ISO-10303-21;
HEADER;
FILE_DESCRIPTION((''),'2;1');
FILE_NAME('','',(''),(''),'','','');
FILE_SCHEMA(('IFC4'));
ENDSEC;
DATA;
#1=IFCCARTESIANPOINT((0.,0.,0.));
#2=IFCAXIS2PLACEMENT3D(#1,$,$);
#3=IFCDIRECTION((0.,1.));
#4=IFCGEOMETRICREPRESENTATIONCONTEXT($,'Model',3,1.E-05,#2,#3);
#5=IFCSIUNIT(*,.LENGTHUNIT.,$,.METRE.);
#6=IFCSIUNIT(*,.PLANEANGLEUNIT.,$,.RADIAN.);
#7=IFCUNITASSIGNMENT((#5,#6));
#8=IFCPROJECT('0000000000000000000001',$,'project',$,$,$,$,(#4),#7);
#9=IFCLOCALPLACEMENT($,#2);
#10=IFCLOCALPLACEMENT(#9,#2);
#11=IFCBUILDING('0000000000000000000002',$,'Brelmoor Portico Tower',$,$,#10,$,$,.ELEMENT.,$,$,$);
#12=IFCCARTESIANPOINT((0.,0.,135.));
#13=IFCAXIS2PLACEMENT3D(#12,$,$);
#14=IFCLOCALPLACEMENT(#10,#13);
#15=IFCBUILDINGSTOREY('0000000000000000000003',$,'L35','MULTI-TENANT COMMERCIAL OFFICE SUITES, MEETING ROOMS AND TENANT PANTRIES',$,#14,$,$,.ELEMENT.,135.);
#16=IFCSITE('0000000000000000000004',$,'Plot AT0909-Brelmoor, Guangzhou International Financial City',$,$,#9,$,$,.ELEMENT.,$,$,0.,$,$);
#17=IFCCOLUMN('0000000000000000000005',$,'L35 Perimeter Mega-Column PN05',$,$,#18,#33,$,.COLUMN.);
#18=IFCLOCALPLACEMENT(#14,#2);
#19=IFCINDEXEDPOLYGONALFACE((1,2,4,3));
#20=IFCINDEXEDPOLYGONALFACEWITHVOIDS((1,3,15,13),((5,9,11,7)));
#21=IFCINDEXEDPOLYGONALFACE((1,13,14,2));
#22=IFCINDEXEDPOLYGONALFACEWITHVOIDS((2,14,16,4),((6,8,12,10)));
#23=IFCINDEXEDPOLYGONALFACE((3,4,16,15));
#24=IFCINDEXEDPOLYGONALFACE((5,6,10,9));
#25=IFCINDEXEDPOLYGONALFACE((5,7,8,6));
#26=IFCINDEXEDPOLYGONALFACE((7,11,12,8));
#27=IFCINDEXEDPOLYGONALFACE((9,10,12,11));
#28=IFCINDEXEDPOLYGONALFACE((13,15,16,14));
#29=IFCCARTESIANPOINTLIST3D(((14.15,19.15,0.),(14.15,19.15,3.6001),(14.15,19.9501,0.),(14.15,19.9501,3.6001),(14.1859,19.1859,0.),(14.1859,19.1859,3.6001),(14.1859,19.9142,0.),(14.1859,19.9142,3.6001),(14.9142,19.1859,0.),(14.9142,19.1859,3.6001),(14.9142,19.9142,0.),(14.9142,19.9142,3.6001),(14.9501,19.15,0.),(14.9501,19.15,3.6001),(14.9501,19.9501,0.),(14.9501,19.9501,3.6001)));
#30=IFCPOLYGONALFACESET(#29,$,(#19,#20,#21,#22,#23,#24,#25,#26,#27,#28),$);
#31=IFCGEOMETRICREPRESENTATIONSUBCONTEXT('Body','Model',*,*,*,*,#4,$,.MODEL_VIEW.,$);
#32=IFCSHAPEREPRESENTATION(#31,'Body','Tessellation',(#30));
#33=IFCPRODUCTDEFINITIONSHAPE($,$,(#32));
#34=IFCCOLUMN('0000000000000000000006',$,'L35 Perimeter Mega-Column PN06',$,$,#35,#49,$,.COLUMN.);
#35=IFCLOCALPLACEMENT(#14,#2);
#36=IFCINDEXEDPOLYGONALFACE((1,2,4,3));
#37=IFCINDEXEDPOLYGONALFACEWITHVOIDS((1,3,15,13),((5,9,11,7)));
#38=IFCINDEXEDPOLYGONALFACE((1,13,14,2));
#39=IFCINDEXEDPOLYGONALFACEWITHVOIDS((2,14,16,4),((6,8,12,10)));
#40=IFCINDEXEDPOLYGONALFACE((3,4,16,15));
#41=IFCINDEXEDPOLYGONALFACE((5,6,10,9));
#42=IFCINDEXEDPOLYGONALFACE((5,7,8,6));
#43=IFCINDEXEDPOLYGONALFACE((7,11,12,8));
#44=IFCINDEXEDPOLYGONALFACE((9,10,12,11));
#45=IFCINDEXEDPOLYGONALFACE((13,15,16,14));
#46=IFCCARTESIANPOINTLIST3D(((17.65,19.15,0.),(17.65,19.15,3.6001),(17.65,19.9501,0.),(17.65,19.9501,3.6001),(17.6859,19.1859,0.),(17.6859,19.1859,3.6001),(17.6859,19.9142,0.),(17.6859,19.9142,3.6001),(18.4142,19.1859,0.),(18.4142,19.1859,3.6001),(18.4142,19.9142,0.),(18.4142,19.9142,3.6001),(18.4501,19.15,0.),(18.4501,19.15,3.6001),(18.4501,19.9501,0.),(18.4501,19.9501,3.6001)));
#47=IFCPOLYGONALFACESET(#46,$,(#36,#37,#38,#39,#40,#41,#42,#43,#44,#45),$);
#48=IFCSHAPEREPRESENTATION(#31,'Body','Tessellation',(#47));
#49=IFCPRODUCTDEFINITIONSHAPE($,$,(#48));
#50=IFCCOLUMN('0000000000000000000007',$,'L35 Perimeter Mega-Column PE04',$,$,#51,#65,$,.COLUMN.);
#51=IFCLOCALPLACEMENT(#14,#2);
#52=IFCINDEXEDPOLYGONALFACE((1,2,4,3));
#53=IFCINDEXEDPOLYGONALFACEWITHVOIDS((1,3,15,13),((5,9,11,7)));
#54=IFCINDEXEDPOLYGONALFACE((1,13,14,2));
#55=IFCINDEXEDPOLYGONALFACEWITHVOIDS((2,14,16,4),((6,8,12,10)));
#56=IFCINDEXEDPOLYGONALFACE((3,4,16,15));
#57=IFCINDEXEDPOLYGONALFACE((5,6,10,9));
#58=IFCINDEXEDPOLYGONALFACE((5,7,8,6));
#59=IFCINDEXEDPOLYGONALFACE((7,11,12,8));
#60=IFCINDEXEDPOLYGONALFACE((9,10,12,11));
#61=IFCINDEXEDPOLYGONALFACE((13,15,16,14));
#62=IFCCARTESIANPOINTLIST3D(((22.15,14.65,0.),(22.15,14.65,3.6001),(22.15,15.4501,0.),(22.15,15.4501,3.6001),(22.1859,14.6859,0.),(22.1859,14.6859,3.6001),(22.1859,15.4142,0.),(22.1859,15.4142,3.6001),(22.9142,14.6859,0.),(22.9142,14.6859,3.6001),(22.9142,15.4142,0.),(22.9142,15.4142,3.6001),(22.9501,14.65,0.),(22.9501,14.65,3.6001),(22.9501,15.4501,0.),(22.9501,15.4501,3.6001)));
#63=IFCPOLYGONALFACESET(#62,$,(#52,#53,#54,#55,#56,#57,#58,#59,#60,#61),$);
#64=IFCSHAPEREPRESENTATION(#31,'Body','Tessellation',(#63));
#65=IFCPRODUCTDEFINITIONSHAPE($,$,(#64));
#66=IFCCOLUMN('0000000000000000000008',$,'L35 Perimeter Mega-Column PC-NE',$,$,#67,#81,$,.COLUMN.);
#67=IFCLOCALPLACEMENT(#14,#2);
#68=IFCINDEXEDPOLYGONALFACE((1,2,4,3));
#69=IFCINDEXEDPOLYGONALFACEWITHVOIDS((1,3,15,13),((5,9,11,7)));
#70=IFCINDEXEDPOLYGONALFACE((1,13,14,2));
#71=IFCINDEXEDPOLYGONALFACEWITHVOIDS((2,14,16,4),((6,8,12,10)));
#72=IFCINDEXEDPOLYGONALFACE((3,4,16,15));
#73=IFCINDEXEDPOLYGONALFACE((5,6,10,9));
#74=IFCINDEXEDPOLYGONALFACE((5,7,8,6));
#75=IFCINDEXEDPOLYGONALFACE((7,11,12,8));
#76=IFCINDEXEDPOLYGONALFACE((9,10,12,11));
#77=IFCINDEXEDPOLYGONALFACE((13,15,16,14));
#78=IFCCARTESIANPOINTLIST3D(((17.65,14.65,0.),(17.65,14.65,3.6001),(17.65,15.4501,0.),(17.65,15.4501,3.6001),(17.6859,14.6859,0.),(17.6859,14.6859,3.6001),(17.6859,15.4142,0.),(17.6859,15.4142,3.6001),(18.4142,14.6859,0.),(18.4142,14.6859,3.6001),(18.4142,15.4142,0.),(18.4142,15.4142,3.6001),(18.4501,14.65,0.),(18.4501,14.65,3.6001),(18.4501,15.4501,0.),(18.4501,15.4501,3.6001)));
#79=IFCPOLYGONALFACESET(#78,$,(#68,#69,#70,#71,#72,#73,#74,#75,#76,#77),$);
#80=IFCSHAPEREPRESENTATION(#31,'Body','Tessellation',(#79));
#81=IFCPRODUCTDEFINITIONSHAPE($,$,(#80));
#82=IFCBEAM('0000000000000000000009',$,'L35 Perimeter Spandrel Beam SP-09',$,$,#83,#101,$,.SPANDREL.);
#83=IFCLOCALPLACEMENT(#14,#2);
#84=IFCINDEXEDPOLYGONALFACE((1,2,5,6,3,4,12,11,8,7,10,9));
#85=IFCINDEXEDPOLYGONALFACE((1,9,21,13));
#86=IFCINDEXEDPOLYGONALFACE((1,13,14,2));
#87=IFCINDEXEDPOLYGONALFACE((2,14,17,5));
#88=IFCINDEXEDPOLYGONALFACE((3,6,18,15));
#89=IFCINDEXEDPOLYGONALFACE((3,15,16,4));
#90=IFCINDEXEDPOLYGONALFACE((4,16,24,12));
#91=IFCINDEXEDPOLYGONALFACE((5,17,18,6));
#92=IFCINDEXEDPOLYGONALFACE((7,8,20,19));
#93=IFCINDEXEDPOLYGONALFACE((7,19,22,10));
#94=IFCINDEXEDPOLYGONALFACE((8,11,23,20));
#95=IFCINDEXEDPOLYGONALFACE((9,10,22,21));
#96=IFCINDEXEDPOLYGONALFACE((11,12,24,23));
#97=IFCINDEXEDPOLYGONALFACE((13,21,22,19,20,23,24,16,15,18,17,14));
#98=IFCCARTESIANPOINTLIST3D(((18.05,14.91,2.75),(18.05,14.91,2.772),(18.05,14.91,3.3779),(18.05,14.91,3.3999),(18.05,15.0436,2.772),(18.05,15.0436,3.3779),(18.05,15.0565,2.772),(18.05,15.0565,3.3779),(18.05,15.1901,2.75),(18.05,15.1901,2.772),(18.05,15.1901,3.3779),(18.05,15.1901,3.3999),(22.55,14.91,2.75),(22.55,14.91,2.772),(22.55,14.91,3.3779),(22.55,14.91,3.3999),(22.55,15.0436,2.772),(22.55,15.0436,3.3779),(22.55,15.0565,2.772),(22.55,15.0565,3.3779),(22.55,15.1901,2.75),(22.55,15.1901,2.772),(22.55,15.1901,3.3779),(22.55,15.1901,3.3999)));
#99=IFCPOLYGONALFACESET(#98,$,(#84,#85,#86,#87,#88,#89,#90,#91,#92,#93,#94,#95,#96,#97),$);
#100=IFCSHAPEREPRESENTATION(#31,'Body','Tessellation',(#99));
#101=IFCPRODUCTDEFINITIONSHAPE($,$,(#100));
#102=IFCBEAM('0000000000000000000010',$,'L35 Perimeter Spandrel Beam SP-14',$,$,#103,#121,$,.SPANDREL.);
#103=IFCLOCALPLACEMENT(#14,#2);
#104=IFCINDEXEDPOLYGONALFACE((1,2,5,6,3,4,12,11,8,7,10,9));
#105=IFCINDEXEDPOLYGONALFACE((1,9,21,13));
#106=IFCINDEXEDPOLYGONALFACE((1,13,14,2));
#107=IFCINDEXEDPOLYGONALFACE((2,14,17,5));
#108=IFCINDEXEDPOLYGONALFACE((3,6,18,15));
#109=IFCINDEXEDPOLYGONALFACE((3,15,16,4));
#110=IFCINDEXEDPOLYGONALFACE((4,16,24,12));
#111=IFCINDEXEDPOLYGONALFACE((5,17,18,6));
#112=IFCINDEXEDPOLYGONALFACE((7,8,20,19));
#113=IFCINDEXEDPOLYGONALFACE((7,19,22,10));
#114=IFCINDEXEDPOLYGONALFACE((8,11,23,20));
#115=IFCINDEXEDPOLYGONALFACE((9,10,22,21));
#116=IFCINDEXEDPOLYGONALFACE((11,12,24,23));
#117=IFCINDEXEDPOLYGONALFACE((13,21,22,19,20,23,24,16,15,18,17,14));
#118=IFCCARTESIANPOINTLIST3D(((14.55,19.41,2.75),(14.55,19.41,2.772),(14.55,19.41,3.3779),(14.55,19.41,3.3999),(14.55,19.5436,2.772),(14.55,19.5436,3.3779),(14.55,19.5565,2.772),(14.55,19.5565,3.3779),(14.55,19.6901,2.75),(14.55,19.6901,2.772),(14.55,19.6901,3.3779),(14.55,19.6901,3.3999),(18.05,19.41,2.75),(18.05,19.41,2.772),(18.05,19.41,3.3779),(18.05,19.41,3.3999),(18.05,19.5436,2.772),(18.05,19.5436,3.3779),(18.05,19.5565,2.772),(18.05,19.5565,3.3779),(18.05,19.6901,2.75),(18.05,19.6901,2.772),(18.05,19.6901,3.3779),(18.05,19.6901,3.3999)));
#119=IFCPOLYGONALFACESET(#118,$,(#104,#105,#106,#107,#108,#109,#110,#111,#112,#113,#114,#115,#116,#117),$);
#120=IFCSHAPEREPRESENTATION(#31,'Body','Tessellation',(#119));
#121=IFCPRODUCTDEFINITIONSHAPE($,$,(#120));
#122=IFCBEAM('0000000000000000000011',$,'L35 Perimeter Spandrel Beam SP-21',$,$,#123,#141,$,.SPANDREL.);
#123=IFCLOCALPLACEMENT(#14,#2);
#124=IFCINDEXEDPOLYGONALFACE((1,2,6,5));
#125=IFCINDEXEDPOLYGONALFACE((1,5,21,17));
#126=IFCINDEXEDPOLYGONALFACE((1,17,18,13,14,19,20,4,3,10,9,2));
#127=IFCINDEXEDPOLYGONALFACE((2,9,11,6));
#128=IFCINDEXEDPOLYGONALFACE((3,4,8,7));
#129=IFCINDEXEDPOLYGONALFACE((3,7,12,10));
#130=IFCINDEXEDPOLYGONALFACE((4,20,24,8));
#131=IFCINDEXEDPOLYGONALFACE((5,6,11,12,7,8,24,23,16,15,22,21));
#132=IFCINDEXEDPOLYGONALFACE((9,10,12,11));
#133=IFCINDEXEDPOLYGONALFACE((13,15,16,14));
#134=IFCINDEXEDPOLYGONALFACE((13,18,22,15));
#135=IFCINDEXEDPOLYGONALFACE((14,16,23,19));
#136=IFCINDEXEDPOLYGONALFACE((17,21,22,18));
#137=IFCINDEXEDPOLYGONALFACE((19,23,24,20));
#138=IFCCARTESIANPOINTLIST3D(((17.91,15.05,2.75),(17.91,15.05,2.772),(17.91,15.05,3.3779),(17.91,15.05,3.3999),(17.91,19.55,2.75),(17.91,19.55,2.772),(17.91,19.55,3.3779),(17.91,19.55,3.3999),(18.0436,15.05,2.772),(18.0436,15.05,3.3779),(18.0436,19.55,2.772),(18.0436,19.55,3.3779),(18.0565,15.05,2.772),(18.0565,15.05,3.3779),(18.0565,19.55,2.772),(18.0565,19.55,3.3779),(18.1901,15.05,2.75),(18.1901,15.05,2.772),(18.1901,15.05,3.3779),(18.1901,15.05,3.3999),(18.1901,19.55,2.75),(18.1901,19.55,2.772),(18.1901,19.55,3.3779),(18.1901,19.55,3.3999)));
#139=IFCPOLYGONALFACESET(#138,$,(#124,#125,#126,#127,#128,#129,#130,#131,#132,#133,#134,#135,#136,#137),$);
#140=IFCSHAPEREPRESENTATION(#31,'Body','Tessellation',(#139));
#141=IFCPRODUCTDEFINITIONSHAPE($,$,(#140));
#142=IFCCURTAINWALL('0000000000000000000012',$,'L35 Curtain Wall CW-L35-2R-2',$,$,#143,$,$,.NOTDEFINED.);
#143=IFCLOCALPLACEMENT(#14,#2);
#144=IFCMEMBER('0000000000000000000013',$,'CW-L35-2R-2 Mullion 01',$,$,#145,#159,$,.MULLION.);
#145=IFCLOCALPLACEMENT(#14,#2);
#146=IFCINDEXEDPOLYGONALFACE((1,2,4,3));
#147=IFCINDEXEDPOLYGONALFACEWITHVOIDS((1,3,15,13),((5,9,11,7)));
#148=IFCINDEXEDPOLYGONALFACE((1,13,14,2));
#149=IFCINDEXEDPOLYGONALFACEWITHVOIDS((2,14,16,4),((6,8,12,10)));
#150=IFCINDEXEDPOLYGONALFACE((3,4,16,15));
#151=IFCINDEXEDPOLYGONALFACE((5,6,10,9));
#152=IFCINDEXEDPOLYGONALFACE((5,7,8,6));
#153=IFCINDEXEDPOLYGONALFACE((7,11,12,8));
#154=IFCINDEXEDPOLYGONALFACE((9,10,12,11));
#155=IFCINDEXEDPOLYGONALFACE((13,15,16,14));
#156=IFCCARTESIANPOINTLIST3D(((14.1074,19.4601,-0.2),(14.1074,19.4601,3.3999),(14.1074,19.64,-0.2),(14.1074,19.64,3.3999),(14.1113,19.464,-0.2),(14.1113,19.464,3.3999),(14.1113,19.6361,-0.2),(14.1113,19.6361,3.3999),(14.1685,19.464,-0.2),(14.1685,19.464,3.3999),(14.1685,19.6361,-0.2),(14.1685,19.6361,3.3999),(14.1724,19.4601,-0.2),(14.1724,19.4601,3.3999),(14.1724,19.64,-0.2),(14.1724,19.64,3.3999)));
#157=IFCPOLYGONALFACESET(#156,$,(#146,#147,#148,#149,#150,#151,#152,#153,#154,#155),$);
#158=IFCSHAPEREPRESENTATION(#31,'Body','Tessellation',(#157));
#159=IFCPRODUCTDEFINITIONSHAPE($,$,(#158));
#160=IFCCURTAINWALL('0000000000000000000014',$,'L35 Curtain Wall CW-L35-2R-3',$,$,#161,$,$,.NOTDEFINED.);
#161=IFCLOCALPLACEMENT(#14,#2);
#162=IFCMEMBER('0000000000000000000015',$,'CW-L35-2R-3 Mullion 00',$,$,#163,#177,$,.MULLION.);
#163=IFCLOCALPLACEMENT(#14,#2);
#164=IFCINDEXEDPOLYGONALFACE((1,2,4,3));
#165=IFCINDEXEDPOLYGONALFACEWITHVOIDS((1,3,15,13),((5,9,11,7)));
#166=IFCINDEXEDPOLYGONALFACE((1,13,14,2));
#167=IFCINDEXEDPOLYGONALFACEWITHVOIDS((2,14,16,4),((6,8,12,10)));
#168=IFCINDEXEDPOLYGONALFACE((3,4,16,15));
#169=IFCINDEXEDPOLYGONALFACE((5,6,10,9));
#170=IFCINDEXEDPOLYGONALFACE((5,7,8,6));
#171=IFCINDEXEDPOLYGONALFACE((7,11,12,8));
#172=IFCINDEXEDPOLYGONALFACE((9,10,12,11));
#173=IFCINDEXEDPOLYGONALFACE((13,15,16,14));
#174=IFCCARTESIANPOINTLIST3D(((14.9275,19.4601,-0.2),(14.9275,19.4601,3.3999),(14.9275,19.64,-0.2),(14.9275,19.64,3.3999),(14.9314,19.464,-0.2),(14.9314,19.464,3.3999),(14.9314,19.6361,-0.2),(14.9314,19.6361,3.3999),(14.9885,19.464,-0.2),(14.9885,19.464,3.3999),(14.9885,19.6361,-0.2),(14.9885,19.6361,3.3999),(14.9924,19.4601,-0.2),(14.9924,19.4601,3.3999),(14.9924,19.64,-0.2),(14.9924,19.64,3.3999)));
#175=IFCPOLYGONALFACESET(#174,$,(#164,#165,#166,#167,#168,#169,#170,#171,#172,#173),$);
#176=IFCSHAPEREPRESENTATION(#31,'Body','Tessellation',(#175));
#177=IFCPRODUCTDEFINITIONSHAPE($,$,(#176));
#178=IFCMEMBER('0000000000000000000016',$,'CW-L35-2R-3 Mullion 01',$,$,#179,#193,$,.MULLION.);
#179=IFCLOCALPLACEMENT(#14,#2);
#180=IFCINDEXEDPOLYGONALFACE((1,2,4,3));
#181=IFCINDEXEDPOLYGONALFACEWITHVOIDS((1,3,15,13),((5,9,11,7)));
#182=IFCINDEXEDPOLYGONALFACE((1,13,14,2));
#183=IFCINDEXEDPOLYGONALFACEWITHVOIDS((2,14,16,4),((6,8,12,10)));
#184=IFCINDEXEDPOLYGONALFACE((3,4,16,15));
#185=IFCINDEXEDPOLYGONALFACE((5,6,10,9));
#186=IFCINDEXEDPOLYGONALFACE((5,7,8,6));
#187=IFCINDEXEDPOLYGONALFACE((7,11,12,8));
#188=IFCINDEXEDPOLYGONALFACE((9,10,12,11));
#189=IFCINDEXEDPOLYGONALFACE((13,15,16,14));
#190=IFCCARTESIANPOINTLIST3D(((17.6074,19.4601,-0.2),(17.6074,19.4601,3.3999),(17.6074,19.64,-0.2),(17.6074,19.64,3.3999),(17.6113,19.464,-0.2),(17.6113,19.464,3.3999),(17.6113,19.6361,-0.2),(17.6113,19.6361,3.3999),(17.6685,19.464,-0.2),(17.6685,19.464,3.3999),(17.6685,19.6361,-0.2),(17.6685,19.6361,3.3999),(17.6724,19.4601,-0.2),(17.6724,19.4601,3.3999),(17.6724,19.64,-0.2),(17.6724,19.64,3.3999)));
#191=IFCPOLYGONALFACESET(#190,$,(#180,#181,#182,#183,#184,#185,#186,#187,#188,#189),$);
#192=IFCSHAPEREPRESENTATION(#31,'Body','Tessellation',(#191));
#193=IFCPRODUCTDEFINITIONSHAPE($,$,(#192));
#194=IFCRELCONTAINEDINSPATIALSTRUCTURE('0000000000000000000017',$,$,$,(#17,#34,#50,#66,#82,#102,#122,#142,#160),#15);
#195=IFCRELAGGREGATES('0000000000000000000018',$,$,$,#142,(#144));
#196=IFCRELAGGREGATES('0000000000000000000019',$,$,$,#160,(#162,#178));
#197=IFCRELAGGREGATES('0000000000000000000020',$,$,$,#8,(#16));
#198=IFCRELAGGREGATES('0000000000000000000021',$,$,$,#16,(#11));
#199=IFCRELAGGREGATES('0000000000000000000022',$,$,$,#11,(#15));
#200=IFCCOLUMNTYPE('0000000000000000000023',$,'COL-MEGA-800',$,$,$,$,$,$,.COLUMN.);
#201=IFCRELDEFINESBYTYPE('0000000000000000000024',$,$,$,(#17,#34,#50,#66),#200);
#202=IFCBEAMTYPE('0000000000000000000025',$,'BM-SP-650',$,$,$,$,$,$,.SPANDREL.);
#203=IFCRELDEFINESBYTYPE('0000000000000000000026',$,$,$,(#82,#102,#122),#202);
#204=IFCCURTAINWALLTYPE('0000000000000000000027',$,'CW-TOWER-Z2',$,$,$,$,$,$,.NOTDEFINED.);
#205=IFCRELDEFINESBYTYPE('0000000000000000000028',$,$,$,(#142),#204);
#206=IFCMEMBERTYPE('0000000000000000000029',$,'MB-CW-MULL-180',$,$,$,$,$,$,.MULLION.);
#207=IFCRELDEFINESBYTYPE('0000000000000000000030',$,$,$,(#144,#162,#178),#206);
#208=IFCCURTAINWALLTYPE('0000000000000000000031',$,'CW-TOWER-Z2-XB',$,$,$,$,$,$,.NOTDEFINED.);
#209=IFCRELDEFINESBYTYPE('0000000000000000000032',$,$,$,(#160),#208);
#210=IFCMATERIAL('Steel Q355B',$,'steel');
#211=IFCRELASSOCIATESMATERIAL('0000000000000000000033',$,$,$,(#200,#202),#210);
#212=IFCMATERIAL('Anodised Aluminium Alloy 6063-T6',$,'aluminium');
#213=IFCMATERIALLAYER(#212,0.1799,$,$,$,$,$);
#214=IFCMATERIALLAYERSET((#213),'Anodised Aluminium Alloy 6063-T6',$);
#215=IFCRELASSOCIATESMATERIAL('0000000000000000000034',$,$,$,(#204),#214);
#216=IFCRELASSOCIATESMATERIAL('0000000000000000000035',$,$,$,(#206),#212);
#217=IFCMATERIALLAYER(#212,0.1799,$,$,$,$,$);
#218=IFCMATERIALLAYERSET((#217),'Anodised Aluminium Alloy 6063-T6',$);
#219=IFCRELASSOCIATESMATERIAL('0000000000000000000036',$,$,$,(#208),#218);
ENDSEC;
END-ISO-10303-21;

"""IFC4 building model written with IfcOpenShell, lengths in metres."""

from ifc_helpers import new_model, si_unit, direction, frame, origin, origin_2d, place, context, subcontext, project, spatial, hollow_rectangle, i_section, extrude, material, layer, layer_set, material_profile, profile_set, type_object, element, aggregate, save


model = new_model("IFC4")

# Units and contexts
model_context = context("Model", 3, precision=1e-05, world=origin(), true_north=direction((0.0, 1.0)))
body_context = subcontext(model_context, "Body", "Model", "MODEL_VIEW")
ifc_project = project(units=[si_unit("LENGTHUNIT", "METRE"), si_unit("PLANEANGLEUNIT", "RADIAN")], contexts=[model_context])

# Site, building, storey
site_placement = place(None, origin())
site = spatial("IfcSite", under=ifc_project, at=site_placement, Name="Plot AT0909-Brelmoor, Guangzhou International Financial City", CompositionType="ELEMENT", RefElevation=0.0)
building_placement = place(site_placement, origin())
building = spatial("IfcBuilding", under=site, at=building_placement, Name="Brelmoor Portico Tower", CompositionType="ELEMENT")
storey_placement = place(building_placement, frame((0.0, 0.0, 135.0)))
storey = spatial("IfcBuildingStorey", under=building, at=storey_placement, Name="L35", Description="MULTI-TENANT COMMERCIAL OFFICE SUITES, MEETING ROOMS AND TENANT PANTRIES", CompositionType="ELEMENT", Elevation=135.0)

# Columns
ifc_material_1 = material(Name="Steel Q355B", Category="steel")
ifc_material_profile_1 = material_profile(ifc_material_1, hollow_rectangle(XDim=0.8, YDim=0.8, WallThickness=0.0359, at=origin_2d()), Name="BOX 800x800x36")
ifc_profile_set_1 = profile_set([ifc_material_profile_1], Name="Steel Q355B")
column_type = type_object("IfcColumnType", Name="COL-MEGA-800", PredefinedType="COLUMN", material=ifc_profile_set_1)
for number, where, z_axis, x_axis, name in (
    (1, (14.55, 19.55, 0.0), (0.0, 0.0, 1.0), (1.0, 0.0, 0.0), "L35 Perimeter Mega-Column PN05"),
    (2, (18.05, 19.55, 0.0), (0.0, 0.0, 1.0), (1.0, 0.0, 0.0), "L35 Perimeter Mega-Column PN06"),
    (3, (22.55, 15.05, 0.0), (0.0, 0.0, 1.0), (0.0, 1.0, 0.0), "L35 Perimeter Mega-Column PE04"),
    (4, (18.05, 15.05, 0.0), (0.0, 0.0, 1.0), (1.0, 0.0, 0.0), "L35 Perimeter Mega-Column PC-NE"),
):
    element("IfcColumn", number, at=place(storey_placement, frame(where, z_axis=z_axis, x_axis=x_axis)), inside=storey, type_object=column_type, Name=name, PredefinedType="COLUMN", context=body_context, shape_type="SweptSolid", body=[
        extrude(hollow_rectangle(XDim=0.8, YDim=0.8, WallThickness=0.0359, at=origin_2d()), origin(), (0.0, 0.0, 1.0), 3.6001),
    ])

# Beams
ifc_material_profile_2 = material_profile(ifc_material_1, i_section(OverallWidth=0.28, OverallDepth=0.6499, WebThickness=0.0129, FlangeThickness=0.022, at=origin_2d()), Name="HN 650x280x13x22")
ifc_profile_set_2 = profile_set([ifc_material_profile_2], Name="Steel Q355B")
beam_type = type_object("IfcBeamType", Name="BM-SP-650", PredefinedType="SPANDREL", material=ifc_profile_set_2)
beam_1_placement = place(storey_placement, frame((18.05, 15.05, 3.075), z_axis=(1.0, 0.0, 0.0), x_axis=(0.0, 1.0, 0.0)))
element("IfcBeam", 5, at=beam_1_placement, inside=storey, type_object=beam_type, Name="L35 Perimeter Spandrel Beam SP-09", PredefinedType="SPANDREL", context=body_context, shape_type="SweptSolid", body=[
    extrude(i_section(OverallWidth=0.28, OverallDepth=0.6499, WebThickness=0.0129, FlangeThickness=0.022, at=origin_2d()), origin(), (0.0, 0.0, 1.0), 4.5),
])
beam_2_placement = place(storey_placement, frame((14.55, 19.55, 3.075), z_axis=(1.0, 0.0, 0.0), x_axis=(0.0, 1.0, 0.0)))
element("IfcBeam", 6, at=beam_2_placement, inside=storey, type_object=beam_type, Name="L35 Perimeter Spandrel Beam SP-14", PredefinedType="SPANDREL", context=body_context, shape_type="SweptSolid", body=[
    extrude(i_section(OverallWidth=0.28, OverallDepth=0.6499, WebThickness=0.0129, FlangeThickness=0.022, at=origin_2d()), origin(), (0.0, 0.0, 1.0), 3.5),
])
beam_3_placement = place(storey_placement, frame((18.05, 15.05, 3.075), z_axis=(0.0, 1.0, 0.0), x_axis=(-1.0, 0.0, 0.0)))
element("IfcBeam", 7, at=beam_3_placement, inside=storey, type_object=beam_type, Name="L35 Perimeter Spandrel Beam SP-21", PredefinedType="SPANDREL", context=body_context, shape_type="SweptSolid", body=[
    extrude(i_section(OverallWidth=0.28, OverallDepth=0.6499, WebThickness=0.0129, FlangeThickness=0.022, at=origin_2d()), origin(), (0.0, 0.0, 1.0), 4.5),
])

# Curtain wall, member
ifc_material_2 = material(Name="Anodised Aluminium Alloy 6063-T6", Category="aluminium")
ifc_layer_1 = layer(ifc_material_2, 0.1799)
ifc_layer_set_1 = layer_set([ifc_layer_1], Name="Anodised Aluminium Alloy 6063-T6")
curtain_wall_type_1 = type_object("IfcCurtainWallType", Name="CW-TOWER-Z2", PredefinedType="NOTDEFINED", material=ifc_layer_set_1)
curtain_wall_1_placement = place(storey_placement, origin())
curtain_wall_1 = element("IfcCurtainWall", 8, at=curtain_wall_1_placement, inside=storey, type_object=curtain_wall_type_1, Name="L35 Curtain Wall CW-L35-2R-2", PredefinedType="NOTDEFINED")
ifc_material_profile_3 = material_profile(ifc_material_2, hollow_rectangle(XDim=0.0649, YDim=0.1799, WallThickness=0.0039, at=origin_2d()), Name="ALU MULLION 65x180")
ifc_profile_set_3 = profile_set([ifc_material_profile_3], Name="Anodised Aluminium Alloy 6063-T6")
member_type_1 = type_object("IfcMemberType", Name="MB-CW-MULL-180", PredefinedType="MULLION", material=ifc_profile_set_3)
member_1_placement = place(storey_placement, frame((14.1399, 19.55, -0.2), z_axis=(0.0, 0.0, 1.0), x_axis=(1.0, 0.0, 0.0)))
member_1 = element("IfcMember", 9, at=member_1_placement, type_object=member_type_1, Name="CW-L35-2R-2 Mullion 01", PredefinedType="MULLION", context=body_context, shape_type="SweptSolid", body=[
    extrude(hollow_rectangle(XDim=0.0649, YDim=0.1799, WallThickness=0.0039, at=origin_2d()), origin(), (0.0, 0.0, 1.0), 3.5999),
])
aggregate(curtain_wall_1, [member_1])

# Curtain wall, members
ifc_layer_2 = layer(ifc_material_2, 0.1799)
ifc_layer_set_2 = layer_set([ifc_layer_2], Name="Anodised Aluminium Alloy 6063-T6")
curtain_wall_type_2 = type_object("IfcCurtainWallType", Name="CW-TOWER-Z2-XB", PredefinedType="NOTDEFINED", material=ifc_layer_set_2)
curtain_wall_2_placement = place(storey_placement, origin())
curtain_wall_2 = element("IfcCurtainWall", 10, at=curtain_wall_2_placement, inside=storey, type_object=curtain_wall_type_2, Name="L35 Curtain Wall CW-L35-2R-3", PredefinedType="NOTDEFINED")
member_2_placement = place(storey_placement, frame((14.96, 19.55, -0.2), z_axis=(0.0, 0.0, 1.0), x_axis=(1.0, 0.0, 0.0)))
member_2 = element("IfcMember", 11, at=member_2_placement, type_object=member_type_1, Name="CW-L35-2R-3 Mullion 00", PredefinedType="MULLION", context=body_context, shape_type="SweptSolid", body=[
    extrude(hollow_rectangle(XDim=0.0649, YDim=0.1799, WallThickness=0.0039, at=origin_2d()), origin(), (0.0, 0.0, 1.0), 3.5999),
])
member_3_placement = place(storey_placement, frame((17.6399, 19.55, -0.2), z_axis=(0.0, 0.0, 1.0), x_axis=(1.0, 0.0, 0.0)))
member_3 = element("IfcMember", 12, at=member_3_placement, type_object=member_type_1, Name="CW-L35-2R-3 Mullion 01", PredefinedType="MULLION", context=body_context, shape_type="SweptSolid", body=[
    extrude(hollow_rectangle(XDim=0.0649, YDim=0.1799, WallThickness=0.0039, at=origin_2d()), origin(), (0.0, 0.0, 1.0), 3.5999),
])

aggregate(curtain_wall_2, [member_2, member_3])

save(model, "model.ifc")
